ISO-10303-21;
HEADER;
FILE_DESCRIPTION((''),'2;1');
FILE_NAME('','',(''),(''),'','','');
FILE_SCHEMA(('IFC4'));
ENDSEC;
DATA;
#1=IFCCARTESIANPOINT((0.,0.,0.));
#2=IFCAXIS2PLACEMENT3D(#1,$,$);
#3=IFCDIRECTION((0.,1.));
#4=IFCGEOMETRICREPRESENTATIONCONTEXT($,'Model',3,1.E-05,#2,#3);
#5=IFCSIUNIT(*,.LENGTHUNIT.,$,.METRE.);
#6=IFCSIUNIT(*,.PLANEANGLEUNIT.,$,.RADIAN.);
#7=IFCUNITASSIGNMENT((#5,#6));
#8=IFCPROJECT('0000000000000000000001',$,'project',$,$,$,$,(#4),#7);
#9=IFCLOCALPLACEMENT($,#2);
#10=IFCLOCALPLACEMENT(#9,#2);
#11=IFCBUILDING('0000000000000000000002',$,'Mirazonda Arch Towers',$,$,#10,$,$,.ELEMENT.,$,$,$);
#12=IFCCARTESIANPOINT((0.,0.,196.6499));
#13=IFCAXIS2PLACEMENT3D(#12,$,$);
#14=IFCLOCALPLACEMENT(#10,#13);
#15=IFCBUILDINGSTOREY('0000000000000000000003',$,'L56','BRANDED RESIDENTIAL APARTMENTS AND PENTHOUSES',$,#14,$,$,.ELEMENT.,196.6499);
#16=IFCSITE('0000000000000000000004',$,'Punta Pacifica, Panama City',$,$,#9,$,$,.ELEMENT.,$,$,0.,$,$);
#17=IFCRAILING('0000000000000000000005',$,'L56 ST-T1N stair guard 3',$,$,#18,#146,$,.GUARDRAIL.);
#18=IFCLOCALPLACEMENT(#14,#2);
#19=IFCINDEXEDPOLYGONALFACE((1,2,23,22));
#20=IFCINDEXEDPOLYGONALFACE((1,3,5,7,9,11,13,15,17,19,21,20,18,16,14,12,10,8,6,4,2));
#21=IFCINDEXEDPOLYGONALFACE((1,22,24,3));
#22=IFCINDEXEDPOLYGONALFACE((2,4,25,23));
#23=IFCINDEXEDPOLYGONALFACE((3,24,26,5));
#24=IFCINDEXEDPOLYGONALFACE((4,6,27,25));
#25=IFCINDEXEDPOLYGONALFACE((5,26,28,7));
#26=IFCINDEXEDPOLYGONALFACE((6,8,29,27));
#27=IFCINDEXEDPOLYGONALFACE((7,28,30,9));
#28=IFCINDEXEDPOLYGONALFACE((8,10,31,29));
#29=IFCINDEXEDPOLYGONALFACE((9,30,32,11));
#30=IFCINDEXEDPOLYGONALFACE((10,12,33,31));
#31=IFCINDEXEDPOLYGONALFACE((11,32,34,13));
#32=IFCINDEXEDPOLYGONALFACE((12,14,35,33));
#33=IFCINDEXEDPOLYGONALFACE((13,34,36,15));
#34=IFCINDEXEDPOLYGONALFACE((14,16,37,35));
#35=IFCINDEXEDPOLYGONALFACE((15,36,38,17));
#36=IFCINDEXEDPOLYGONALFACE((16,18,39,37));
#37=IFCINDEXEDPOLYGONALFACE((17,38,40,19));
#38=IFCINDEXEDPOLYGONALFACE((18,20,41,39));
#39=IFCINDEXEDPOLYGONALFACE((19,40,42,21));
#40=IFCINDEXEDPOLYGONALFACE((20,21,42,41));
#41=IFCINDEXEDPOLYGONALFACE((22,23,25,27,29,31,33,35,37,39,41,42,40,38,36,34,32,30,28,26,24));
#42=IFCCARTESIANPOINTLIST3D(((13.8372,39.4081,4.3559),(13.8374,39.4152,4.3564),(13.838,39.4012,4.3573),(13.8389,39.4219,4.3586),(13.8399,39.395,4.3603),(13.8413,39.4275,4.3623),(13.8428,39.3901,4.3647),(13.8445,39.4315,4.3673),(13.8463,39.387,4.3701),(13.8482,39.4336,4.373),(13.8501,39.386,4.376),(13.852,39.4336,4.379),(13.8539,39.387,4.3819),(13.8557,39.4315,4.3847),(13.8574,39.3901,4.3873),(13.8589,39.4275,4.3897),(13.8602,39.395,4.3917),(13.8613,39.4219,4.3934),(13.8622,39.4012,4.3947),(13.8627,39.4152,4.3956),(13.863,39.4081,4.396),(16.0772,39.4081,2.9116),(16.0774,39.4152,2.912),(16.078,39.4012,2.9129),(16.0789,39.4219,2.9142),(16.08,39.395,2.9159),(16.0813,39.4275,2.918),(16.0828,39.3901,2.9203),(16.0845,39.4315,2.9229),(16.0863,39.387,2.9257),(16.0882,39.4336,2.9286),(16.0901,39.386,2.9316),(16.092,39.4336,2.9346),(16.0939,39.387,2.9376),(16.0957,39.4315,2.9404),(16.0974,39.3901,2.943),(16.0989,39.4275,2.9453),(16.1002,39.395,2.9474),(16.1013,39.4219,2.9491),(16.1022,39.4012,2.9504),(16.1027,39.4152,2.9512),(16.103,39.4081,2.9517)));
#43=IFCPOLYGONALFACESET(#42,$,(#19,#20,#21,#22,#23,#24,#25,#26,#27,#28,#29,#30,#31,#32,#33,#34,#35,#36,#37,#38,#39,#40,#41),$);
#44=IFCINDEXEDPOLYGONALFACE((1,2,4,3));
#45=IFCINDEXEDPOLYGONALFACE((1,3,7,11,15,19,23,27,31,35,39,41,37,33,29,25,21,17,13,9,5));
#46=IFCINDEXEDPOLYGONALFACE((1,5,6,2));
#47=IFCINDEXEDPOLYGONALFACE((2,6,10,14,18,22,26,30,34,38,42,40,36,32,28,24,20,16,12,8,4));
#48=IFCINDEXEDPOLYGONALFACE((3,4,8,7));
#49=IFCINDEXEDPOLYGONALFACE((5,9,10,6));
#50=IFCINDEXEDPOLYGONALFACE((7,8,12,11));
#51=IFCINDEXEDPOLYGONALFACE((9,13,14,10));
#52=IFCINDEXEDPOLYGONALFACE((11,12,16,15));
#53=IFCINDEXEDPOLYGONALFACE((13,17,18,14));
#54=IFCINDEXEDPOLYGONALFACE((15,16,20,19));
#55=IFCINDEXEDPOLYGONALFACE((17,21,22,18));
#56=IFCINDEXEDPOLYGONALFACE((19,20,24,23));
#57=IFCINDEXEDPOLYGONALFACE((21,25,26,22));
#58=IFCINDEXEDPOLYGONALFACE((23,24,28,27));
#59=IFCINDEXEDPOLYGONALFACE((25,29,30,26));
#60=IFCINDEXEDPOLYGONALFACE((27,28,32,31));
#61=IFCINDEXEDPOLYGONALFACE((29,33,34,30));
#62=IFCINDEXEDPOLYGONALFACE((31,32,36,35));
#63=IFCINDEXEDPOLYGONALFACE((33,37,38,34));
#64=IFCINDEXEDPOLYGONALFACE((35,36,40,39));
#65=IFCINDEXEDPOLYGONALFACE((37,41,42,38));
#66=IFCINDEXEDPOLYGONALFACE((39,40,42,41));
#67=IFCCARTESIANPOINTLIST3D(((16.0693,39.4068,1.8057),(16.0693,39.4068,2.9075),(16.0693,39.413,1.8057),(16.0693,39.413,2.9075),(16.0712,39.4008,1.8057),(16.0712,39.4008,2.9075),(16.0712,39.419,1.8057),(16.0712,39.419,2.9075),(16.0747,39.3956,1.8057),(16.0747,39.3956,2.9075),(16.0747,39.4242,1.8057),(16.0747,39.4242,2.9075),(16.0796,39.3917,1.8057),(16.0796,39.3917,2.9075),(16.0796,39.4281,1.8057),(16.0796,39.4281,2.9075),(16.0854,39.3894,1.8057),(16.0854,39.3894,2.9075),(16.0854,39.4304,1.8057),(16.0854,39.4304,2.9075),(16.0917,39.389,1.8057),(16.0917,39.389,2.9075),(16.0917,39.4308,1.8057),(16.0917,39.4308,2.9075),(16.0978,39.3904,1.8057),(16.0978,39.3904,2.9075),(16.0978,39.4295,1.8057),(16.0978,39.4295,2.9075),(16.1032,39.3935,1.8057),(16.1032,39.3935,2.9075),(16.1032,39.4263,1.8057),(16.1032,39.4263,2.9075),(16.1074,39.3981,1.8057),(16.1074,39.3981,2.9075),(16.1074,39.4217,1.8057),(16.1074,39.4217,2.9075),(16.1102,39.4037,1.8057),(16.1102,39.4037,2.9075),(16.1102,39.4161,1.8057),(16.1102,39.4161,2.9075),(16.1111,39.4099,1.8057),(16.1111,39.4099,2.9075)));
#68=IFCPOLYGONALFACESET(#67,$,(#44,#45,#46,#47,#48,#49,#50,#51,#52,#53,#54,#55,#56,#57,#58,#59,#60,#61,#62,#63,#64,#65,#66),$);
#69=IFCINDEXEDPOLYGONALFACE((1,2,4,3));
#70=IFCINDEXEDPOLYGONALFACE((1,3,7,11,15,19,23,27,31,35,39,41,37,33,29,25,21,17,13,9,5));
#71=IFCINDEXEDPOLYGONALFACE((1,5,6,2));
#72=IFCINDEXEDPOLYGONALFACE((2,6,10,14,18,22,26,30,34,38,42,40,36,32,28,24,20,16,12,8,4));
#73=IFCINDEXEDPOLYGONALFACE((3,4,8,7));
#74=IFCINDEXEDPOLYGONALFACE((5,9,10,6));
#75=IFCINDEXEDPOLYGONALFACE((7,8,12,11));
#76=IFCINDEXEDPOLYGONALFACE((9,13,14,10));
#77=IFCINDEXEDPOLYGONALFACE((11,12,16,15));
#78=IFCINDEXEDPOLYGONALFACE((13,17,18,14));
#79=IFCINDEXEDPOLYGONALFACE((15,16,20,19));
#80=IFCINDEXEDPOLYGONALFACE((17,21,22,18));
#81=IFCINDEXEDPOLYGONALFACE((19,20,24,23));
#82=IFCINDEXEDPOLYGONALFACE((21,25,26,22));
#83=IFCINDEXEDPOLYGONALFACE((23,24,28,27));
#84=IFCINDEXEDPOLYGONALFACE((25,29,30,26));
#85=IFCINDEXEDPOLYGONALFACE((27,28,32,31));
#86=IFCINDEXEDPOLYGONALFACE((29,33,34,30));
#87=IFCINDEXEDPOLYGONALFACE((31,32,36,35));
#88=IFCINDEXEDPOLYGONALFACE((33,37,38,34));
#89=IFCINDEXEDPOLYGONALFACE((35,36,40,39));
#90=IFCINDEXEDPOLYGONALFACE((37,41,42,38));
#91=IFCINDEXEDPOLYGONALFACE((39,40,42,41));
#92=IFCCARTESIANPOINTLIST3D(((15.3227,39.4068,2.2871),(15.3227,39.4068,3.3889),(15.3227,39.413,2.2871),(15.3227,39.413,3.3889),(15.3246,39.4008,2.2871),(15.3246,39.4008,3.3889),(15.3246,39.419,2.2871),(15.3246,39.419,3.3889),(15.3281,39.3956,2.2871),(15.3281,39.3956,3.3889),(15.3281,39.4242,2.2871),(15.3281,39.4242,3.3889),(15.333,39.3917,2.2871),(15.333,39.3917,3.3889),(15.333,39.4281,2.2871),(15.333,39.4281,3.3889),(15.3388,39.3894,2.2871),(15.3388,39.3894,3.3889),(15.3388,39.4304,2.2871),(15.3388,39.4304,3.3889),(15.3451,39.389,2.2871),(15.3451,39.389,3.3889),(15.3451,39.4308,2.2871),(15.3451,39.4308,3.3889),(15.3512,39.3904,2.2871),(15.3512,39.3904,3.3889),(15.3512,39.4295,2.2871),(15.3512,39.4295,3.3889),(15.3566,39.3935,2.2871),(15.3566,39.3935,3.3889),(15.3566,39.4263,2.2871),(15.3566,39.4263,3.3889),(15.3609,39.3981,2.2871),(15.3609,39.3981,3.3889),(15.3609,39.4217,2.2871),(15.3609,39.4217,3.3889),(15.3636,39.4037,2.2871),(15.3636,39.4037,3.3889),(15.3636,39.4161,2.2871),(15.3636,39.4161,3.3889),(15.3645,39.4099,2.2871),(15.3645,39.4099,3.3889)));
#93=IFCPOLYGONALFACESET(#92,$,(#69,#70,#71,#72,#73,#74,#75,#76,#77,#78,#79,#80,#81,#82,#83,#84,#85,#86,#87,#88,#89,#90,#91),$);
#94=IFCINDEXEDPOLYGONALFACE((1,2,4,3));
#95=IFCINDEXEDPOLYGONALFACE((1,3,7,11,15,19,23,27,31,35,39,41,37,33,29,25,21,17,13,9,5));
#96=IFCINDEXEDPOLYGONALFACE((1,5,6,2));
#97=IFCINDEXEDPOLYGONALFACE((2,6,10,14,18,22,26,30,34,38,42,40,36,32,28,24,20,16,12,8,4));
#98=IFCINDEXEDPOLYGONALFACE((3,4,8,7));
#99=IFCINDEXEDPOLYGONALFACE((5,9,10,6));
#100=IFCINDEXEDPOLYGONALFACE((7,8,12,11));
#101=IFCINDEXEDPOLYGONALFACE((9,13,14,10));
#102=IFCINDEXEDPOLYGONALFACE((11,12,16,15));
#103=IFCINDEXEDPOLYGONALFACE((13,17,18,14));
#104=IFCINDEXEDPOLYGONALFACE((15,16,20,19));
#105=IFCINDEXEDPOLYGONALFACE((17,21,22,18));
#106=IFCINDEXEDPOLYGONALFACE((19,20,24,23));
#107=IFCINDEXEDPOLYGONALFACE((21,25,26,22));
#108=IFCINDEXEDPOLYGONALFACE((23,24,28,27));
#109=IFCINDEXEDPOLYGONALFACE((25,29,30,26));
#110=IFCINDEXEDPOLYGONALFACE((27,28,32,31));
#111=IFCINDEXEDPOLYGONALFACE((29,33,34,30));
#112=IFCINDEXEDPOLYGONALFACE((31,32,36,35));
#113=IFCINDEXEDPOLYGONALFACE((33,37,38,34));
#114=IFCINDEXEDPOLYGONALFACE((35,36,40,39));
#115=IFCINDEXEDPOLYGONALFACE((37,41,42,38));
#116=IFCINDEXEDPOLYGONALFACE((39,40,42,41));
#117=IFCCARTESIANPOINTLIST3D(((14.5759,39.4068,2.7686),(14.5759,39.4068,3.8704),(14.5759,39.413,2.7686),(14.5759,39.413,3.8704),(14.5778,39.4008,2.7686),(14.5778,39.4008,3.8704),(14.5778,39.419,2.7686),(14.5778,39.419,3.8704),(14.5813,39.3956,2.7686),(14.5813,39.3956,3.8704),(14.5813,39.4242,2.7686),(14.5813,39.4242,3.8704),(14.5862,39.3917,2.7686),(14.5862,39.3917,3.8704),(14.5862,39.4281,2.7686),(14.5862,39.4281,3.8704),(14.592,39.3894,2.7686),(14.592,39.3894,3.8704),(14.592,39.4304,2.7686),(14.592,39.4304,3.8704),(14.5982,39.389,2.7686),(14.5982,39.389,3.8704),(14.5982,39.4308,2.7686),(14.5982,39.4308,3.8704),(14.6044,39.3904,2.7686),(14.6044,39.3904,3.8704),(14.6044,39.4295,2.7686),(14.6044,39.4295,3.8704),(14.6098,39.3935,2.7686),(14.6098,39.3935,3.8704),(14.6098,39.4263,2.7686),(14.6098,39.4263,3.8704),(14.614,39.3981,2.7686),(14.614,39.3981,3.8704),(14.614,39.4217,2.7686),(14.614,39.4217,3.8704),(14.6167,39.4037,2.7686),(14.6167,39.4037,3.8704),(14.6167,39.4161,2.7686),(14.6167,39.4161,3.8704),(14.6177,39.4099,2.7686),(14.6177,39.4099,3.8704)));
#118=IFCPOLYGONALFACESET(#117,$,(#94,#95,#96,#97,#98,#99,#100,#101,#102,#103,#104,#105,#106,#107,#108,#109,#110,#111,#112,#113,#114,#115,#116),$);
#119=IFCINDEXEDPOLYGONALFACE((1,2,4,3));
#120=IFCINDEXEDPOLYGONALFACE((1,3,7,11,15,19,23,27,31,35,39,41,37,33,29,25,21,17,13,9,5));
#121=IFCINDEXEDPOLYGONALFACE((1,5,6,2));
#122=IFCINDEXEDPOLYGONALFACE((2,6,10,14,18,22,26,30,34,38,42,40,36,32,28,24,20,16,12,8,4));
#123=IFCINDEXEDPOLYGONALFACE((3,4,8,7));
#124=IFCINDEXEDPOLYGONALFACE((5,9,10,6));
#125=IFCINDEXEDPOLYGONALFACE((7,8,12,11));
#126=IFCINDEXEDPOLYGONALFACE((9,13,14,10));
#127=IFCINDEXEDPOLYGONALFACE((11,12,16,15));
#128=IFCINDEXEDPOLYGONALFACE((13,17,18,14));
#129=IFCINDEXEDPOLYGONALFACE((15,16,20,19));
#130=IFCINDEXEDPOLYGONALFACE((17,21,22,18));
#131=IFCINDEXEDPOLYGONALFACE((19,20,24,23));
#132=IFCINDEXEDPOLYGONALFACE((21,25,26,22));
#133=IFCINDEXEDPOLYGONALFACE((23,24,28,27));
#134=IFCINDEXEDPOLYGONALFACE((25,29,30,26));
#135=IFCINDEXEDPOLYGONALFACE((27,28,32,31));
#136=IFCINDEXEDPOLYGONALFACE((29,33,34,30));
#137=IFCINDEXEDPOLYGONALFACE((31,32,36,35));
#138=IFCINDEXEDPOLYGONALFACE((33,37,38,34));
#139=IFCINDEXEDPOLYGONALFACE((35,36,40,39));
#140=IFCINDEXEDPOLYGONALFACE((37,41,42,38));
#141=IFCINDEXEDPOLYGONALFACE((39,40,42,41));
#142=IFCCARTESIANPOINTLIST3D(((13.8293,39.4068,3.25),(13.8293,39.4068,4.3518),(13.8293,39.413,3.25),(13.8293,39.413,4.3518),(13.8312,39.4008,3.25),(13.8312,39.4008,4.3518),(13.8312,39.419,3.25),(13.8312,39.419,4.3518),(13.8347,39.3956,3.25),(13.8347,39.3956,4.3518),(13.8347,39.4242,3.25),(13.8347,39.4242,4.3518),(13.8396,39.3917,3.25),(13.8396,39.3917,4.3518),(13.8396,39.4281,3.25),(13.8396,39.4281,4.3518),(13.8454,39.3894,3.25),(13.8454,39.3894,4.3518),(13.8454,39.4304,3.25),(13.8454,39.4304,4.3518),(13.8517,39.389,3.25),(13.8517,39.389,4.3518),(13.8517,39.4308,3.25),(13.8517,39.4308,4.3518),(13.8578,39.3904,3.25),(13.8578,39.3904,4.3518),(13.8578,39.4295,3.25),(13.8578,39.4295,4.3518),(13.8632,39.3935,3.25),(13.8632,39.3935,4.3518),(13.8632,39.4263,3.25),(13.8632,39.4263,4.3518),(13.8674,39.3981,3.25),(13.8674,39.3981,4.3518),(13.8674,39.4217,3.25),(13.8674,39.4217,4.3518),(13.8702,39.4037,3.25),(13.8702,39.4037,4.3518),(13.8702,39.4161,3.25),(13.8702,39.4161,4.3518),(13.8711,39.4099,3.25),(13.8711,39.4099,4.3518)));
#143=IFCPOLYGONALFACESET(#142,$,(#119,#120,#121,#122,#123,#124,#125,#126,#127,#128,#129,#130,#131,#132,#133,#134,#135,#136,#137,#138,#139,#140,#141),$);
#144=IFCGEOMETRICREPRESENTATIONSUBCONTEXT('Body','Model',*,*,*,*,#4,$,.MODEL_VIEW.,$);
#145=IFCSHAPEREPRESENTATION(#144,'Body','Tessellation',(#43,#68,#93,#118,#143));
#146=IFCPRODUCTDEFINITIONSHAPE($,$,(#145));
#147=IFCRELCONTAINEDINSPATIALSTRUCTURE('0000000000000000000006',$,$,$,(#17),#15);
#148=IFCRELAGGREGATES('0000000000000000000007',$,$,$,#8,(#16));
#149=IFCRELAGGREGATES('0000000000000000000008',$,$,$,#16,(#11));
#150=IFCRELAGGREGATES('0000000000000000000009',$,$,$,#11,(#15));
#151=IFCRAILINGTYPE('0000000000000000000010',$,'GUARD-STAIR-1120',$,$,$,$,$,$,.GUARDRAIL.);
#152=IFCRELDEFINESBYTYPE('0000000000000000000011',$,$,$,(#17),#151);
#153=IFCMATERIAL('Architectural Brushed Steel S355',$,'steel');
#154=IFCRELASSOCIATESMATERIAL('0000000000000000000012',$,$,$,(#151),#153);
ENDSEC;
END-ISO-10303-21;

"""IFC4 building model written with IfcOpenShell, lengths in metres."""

from ifc_helpers import new_model, si_unit, direction, frame, origin, origin_2d, place, context, subcontext, project, spatial, circle, extrude, material, type_object, element, save


model = new_model("IFC4")

# Units and contexts
model_context = context("Model", 3, precision=1e-05, world=origin(), true_north=direction((0.0, 1.0)))
body_context = subcontext(model_context, "Body", "Model", "MODEL_VIEW")
ifc_project = project(units=[si_unit("LENGTHUNIT", "METRE"), si_unit("PLANEANGLEUNIT", "RADIAN")], contexts=[model_context])

# Site, building, storey
site_placement = place(None, origin())
site = spatial("IfcSite", under=ifc_project, at=site_placement, Name="Punta Pacifica, Panama City", CompositionType="ELEMENT", RefElevation=0.0)
building_placement = place(site_placement, origin())
building = spatial("IfcBuilding", under=site, at=building_placement, Name="Mirazonda Arch Towers", CompositionType="ELEMENT")
storey_placement = place(building_placement, frame((0.0, 0.0, 196.6499)))
storey = spatial("IfcBuildingStorey", under=building, at=storey_placement, Name="L56", Description="BRANDED RESIDENTIAL APARTMENTS AND PENTHOUSES", CompositionType="ELEMENT", Elevation=196.6499)

# Shared definitions
ifc_material_1 = material(Name="Architectural Brushed Steel S355", Category="steel")

# Railing
railing_type_1 = type_object("IfcRailingType", Name="GUARD-STAIR-1120", PredefinedType="GUARDRAIL", material=ifc_material_1)
railing_1_placement = place(storey_placement, frame((16.0901, 39.4099, 1.8057)))
element("IfcRailing", 1, at=railing_1_placement, inside=storey, type_object=railing_type_1, Name="L56 ST-T1N stair guard 3", PredefinedType="GUARDRAIL", context=body_context, shape_type="SweptSolid", body=[
    extrude(circle(Radius=0.0239, at=origin_2d()), frame((0.0, 0.0, 1.126), z_axis=(-0.840437, 0.0, 0.54191), x_axis=(0.0, -1.0, 0.0)), (0.0, 0.0, 1.0), 2.6653),
    extrude(circle(Radius=0.021, at=origin_2d()), origin(), (0.0, 0.0, 1.0), 1.1018),
    extrude(circle(Radius=0.021, at=origin_2d()), frame((-0.7466, 0.0, 0.4814)), (0.0, 0.0, 1.0), 1.1018),
    extrude(circle(Radius=0.021, at=origin_2d()), frame((-1.4934, 0.0, 0.9629)), (0.0, 0.0, 1.0), 1.1018),
    extrude(circle(Radius=0.021, at=origin_2d()), frame((-2.24, 0.0, 1.4443)), (0.0, 0.0, 1.0), 1.1018),
])

save(model, "model.ifc")
